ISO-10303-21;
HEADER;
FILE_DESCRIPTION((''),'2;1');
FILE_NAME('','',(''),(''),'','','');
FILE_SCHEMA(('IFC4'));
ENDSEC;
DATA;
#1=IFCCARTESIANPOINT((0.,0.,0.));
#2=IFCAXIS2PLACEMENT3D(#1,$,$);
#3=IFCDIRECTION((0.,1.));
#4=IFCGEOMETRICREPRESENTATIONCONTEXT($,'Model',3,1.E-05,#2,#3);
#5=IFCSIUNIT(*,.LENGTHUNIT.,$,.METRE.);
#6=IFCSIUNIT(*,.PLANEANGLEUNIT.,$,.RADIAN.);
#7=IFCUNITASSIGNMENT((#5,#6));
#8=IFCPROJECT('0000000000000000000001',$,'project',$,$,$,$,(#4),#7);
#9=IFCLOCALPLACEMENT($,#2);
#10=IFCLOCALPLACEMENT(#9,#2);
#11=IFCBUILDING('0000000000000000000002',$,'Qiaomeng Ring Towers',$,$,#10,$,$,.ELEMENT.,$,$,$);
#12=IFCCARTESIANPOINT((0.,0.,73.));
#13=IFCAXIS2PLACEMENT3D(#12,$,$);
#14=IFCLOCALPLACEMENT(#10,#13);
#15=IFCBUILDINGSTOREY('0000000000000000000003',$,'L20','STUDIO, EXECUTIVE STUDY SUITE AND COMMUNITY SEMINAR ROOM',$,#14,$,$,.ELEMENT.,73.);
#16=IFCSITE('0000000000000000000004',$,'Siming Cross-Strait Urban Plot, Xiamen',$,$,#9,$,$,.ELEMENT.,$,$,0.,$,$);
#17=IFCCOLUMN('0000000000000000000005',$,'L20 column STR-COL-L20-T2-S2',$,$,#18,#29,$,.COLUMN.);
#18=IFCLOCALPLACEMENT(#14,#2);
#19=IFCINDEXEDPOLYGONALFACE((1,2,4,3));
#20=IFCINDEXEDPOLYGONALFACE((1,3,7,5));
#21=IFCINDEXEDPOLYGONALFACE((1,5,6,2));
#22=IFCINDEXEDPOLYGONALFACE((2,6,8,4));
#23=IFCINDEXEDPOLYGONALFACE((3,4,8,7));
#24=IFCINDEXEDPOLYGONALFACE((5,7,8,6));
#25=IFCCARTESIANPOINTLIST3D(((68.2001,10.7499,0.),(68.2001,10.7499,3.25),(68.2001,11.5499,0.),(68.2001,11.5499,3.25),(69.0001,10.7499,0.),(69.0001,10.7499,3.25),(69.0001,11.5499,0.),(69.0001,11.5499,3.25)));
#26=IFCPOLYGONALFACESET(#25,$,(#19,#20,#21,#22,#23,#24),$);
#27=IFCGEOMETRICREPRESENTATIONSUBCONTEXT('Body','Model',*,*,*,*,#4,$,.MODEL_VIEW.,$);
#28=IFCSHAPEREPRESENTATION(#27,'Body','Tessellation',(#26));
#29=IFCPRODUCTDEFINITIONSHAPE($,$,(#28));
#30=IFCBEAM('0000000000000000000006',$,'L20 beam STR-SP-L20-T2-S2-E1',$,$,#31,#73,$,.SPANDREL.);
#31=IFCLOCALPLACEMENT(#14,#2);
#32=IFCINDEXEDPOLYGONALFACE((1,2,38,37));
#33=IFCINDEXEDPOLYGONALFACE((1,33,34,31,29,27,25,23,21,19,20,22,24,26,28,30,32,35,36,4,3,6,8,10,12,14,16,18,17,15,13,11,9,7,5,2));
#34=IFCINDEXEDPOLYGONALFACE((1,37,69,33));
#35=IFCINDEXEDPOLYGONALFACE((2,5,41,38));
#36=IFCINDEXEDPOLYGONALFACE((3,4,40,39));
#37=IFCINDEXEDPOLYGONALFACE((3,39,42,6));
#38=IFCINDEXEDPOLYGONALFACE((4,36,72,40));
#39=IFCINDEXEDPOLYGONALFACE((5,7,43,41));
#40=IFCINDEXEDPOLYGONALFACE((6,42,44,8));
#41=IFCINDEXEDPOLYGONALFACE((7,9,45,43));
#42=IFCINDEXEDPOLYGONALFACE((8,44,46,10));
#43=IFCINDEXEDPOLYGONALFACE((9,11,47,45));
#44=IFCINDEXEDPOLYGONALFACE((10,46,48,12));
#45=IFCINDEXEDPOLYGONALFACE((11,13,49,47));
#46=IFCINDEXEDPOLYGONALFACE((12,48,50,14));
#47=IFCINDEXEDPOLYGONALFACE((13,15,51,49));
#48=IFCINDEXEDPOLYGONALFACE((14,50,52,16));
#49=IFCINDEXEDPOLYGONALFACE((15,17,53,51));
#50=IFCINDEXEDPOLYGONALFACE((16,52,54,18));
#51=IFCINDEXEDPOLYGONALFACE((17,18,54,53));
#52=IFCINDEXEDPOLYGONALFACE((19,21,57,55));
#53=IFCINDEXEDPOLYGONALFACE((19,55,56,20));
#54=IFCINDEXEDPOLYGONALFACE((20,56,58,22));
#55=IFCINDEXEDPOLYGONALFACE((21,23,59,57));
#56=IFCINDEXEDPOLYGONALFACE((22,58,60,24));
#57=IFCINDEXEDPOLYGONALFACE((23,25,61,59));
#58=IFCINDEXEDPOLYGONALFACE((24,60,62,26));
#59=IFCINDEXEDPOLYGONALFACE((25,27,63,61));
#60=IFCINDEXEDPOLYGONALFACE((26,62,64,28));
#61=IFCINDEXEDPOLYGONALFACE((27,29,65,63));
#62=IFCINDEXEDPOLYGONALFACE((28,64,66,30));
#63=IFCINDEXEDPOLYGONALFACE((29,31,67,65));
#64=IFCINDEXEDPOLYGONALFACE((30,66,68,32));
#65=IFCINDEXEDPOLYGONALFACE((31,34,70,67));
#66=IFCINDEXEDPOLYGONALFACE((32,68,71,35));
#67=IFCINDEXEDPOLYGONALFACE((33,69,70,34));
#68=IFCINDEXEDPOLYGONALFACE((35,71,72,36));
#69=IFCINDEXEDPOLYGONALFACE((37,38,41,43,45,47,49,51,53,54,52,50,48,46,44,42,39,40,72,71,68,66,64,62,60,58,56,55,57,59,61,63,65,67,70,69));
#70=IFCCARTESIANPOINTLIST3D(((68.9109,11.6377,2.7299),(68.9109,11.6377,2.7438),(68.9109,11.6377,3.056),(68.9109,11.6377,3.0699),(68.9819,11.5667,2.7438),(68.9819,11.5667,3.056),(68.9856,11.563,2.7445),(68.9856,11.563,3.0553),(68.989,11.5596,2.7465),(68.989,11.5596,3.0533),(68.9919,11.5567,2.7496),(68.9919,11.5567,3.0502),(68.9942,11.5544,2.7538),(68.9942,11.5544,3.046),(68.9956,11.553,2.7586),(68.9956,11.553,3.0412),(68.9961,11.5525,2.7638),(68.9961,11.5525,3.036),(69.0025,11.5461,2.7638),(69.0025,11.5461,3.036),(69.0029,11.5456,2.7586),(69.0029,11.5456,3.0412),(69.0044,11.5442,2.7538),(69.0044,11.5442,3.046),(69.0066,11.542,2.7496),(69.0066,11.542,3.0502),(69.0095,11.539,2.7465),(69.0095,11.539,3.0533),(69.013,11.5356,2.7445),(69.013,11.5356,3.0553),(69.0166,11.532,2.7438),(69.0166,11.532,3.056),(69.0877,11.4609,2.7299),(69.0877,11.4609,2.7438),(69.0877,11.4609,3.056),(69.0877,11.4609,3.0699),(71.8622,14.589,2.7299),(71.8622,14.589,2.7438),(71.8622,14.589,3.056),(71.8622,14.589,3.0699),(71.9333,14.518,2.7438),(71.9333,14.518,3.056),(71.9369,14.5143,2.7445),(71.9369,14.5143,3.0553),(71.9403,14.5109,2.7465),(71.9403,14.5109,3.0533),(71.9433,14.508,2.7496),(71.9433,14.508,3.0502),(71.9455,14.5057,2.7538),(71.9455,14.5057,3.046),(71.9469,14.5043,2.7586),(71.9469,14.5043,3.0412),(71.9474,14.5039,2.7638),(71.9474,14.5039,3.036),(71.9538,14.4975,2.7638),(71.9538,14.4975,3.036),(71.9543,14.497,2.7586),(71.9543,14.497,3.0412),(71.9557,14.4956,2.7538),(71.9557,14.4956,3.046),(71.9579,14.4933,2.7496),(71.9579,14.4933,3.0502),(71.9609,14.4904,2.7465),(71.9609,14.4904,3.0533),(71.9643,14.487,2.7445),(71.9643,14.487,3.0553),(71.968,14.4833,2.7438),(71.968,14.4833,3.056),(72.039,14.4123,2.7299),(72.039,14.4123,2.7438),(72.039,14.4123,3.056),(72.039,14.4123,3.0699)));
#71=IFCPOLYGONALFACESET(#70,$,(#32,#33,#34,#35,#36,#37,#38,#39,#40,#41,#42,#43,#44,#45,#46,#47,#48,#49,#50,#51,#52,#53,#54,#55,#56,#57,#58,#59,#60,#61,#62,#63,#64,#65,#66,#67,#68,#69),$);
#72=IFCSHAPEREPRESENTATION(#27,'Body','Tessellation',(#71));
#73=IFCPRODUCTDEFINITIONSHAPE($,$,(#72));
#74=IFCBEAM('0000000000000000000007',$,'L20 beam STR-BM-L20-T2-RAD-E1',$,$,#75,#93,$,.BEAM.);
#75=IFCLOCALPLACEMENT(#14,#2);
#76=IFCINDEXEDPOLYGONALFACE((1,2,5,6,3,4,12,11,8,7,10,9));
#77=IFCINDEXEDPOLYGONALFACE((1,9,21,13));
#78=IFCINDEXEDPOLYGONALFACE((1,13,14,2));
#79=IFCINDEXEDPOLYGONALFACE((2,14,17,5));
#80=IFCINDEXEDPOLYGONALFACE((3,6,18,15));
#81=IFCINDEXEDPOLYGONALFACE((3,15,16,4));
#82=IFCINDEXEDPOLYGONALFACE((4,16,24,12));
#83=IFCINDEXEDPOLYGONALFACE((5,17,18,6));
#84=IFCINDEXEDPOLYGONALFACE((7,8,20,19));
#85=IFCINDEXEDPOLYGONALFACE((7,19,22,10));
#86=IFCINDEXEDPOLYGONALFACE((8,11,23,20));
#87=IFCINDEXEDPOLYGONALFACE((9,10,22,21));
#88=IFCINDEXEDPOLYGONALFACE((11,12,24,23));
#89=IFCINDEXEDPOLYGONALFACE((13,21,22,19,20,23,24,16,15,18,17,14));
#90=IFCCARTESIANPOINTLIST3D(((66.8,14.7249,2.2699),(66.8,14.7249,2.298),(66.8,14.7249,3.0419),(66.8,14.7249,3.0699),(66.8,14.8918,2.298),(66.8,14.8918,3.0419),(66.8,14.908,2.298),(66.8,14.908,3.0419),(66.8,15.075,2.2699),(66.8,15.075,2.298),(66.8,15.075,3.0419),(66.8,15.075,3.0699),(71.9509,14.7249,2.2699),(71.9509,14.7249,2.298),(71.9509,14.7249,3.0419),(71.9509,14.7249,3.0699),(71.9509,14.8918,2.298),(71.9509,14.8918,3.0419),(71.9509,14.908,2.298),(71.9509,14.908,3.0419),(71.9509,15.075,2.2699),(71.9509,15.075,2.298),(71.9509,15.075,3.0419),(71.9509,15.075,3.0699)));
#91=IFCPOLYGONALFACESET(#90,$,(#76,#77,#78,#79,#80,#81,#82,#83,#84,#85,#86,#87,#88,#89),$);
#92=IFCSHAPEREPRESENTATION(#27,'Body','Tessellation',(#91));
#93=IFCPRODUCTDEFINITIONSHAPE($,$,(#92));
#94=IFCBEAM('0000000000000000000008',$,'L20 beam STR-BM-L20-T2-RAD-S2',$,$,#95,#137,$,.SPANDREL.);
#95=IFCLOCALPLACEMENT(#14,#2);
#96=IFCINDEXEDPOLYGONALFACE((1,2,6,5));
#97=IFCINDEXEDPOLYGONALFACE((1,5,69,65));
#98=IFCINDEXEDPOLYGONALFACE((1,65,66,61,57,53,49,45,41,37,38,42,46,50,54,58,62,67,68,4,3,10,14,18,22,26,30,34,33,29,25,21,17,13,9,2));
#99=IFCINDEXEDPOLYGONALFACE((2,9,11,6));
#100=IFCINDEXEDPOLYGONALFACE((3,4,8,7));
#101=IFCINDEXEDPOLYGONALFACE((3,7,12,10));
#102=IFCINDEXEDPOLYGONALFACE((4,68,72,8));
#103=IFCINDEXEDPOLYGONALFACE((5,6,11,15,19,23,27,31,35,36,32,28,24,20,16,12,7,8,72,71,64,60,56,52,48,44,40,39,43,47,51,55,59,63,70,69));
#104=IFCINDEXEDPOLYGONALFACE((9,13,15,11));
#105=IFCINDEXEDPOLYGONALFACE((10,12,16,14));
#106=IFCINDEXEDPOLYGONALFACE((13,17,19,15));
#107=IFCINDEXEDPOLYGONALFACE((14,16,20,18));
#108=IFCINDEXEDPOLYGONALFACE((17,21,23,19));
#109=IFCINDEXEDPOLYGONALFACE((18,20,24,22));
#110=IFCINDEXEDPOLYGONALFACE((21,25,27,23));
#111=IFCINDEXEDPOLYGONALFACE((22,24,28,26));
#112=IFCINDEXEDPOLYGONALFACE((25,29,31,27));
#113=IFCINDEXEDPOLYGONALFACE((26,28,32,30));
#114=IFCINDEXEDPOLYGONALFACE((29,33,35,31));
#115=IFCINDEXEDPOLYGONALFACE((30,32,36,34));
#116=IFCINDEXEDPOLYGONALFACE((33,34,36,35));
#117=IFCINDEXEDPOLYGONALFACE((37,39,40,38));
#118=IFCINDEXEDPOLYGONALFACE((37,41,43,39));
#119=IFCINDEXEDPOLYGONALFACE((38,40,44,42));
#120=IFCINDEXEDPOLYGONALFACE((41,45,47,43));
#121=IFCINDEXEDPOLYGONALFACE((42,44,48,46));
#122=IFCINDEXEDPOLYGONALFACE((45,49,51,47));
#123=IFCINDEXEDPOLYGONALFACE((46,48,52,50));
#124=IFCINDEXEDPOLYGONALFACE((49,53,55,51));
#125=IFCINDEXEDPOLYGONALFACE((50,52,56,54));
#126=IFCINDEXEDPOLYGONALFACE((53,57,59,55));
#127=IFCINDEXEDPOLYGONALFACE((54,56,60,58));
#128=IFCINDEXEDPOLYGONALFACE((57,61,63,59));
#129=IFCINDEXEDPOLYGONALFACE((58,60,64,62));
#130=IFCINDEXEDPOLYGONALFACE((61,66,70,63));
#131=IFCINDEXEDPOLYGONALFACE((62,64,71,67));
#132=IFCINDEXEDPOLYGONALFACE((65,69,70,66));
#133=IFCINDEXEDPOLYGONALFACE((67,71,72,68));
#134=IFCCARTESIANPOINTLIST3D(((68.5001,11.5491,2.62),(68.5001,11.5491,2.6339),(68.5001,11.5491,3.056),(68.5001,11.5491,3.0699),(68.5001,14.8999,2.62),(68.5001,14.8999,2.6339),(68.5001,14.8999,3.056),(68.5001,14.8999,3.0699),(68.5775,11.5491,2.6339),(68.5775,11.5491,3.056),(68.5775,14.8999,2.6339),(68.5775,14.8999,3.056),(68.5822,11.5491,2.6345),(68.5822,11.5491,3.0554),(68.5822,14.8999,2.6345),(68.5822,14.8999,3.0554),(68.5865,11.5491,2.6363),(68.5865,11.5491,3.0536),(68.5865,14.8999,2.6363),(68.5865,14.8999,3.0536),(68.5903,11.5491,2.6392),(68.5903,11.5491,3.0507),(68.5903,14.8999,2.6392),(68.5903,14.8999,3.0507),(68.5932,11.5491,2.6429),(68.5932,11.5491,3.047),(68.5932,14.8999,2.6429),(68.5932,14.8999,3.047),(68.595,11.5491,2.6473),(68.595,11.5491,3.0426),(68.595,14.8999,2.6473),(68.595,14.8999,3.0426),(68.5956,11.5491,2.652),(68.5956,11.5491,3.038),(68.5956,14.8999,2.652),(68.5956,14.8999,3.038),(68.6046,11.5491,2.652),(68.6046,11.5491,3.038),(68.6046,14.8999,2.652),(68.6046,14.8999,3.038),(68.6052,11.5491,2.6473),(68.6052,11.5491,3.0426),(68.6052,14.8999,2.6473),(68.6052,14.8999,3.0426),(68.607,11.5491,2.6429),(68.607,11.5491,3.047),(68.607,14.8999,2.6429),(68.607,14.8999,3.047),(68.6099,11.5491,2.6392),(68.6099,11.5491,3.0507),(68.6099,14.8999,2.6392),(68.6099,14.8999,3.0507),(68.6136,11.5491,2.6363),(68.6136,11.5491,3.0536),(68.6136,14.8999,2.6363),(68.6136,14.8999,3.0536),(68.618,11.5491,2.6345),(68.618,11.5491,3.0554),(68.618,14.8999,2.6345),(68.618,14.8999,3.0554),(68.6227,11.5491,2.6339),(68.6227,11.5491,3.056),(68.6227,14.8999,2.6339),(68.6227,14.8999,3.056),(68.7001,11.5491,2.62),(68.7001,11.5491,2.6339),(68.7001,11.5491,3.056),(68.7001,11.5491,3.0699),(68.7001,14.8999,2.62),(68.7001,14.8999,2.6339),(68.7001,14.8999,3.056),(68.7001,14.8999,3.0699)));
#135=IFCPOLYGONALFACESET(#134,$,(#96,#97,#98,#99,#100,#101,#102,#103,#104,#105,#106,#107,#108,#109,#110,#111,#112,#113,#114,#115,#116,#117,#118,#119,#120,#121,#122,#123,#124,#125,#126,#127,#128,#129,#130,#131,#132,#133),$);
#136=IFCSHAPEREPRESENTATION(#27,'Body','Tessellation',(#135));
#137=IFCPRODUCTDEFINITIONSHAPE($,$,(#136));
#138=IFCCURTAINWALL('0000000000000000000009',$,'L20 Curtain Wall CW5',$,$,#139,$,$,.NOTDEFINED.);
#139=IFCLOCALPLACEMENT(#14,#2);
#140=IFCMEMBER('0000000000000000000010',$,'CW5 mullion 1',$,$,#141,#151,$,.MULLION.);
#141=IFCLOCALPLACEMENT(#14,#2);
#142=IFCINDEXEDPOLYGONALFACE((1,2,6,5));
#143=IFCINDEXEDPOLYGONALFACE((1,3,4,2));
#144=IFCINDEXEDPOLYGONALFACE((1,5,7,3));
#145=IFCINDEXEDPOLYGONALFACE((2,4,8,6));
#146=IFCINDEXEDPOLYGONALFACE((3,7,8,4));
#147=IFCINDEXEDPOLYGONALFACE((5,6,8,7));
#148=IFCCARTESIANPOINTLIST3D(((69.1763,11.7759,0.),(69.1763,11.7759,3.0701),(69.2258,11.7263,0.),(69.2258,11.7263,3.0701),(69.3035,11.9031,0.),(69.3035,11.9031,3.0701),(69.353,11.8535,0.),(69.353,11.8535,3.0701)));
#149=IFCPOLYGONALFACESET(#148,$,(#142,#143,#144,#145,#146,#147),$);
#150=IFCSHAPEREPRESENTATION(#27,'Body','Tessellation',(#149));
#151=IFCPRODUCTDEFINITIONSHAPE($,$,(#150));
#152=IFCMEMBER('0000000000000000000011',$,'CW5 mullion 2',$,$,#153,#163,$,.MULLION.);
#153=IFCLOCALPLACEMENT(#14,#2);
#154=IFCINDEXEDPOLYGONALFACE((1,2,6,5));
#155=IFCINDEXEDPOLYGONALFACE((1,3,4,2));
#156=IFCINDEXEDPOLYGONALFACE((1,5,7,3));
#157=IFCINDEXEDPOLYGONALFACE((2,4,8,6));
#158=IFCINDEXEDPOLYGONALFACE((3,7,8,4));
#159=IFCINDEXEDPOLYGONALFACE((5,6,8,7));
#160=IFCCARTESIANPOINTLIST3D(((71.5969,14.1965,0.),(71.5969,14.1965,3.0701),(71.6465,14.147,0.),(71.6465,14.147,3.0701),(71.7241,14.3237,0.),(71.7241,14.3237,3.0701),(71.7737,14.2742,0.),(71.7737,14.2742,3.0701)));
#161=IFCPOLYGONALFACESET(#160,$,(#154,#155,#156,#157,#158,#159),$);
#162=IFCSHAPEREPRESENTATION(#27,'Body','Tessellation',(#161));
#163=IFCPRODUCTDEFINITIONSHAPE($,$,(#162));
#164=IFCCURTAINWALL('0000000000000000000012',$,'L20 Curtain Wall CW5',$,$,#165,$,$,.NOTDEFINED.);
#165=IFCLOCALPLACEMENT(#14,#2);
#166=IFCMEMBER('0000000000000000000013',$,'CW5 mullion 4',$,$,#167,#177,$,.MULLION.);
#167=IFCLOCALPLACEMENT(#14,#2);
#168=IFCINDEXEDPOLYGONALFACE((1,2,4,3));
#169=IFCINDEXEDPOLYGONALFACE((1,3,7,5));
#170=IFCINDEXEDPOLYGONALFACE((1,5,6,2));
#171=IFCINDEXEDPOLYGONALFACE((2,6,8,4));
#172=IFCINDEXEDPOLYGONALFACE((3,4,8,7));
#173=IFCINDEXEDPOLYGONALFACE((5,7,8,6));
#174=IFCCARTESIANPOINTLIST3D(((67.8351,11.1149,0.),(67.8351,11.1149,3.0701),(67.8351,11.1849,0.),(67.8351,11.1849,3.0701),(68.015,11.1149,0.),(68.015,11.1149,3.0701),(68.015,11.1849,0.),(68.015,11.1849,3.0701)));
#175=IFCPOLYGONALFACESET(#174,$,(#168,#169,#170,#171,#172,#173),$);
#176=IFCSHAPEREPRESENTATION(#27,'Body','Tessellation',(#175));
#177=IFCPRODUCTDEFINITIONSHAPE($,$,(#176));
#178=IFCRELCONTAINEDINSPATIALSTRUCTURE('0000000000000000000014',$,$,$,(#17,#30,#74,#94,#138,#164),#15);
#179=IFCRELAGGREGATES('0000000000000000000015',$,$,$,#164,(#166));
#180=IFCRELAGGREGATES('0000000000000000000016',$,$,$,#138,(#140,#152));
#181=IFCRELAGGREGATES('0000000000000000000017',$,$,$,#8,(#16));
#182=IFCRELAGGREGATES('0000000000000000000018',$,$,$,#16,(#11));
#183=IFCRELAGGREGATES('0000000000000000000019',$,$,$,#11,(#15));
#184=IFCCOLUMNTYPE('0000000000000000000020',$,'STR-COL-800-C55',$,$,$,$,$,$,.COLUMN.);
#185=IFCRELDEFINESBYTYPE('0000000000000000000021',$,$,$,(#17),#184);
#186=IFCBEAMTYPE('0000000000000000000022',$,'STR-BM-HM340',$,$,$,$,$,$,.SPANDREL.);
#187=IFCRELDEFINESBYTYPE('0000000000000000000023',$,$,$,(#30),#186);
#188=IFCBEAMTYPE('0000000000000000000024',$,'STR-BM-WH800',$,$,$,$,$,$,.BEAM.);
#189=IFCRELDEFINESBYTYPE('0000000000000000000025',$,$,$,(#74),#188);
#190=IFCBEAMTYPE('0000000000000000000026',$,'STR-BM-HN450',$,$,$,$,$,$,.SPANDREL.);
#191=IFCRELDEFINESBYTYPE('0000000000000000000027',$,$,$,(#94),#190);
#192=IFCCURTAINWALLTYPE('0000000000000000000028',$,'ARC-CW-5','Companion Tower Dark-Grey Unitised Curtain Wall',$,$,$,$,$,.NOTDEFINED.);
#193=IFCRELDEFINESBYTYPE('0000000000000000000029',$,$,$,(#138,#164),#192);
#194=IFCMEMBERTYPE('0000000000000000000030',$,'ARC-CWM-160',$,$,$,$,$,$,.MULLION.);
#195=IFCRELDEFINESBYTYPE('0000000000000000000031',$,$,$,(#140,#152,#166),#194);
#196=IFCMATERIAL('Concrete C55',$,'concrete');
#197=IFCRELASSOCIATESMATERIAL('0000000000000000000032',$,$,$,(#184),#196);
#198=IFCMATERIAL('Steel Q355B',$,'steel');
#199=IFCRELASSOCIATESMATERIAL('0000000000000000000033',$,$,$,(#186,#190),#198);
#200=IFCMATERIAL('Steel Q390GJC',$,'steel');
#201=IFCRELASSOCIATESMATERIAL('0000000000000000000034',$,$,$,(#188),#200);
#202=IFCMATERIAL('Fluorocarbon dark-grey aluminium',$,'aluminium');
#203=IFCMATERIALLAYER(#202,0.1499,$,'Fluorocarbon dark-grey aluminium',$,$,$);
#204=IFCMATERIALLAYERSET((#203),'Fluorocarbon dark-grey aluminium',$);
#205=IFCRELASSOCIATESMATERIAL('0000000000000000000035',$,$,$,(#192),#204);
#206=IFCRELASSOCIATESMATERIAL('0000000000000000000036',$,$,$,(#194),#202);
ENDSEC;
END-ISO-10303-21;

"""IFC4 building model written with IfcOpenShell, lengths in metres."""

from ifc_helpers import new_model, si_unit, direction, frame, origin, origin_2d, place, context, subcontext, project, spatial, rectangle, i_section, extrude, source, transform, mapped, material, layer, layer_set, material_profile, profile_set, type_object, element, aggregate, save


model = new_model("IFC4")

# Units and contexts
model_context = context("Model", 3, precision=1e-05, world=origin(), true_north=direction((0.0, 1.0)))
body_context = subcontext(model_context, "Body", "Model", "MODEL_VIEW")
ifc_project = project(units=[si_unit("LENGTHUNIT", "METRE"), si_unit("PLANEANGLEUNIT", "RADIAN")], contexts=[model_context])

# Site, building, storey
site_placement = place(None, origin())
site = spatial("IfcSite", under=ifc_project, at=site_placement, Name="Siming Cross-Strait Urban Plot, Xiamen", CompositionType="ELEMENT", RefElevation=0.0)
building_placement = place(site_placement, origin())
building = spatial("IfcBuilding", under=site, at=building_placement, Name="Qiaomeng Ring Towers", CompositionType="ELEMENT")
storey_placement = place(building_placement, frame((0.0, 0.0, 73.0)))
storey = spatial("IfcBuildingStorey", under=building, at=storey_placement, Name="L20", Description="STUDIO, EXECUTIVE STUDY SUITE AND COMMUNITY SEMINAR ROOM", CompositionType="ELEMENT", Elevation=73.0)

# Column
ifc_material_1 = material(Name="Concrete C55", Category="concrete")
ifc_material_profile_1 = material_profile(ifc_material_1, rectangle(XDim=0.8, YDim=0.8, at=origin_2d()), Name="RC COL 800x800")
ifc_profile_set_1 = profile_set([ifc_material_profile_1], Name="Concrete C55")
column_type = type_object("IfcColumnType", Name="STR-COL-800-C55", PredefinedType="COLUMN", material=ifc_profile_set_1)
shared_shape_1 = source(origin(), body_context, "Body", "SweptSolid", [
    extrude(rectangle(XDim=0.8, YDim=0.8, at=origin_2d()), origin(), (0.0, 0.0, 1.0), 3.25),
])
column_placement = place(storey_placement, frame((68.6001, 11.1499, 0.0), z_axis=(0.0, 0.0, 1.0), x_axis=(1.0, 0.0, 0.0)))
element("IfcColumn", 1, at=column_placement, inside=storey, type_object=column_type, Name="L20 column STR-COL-L20-T2-S2", PredefinedType="COLUMN", context=body_context, shape_type="MappedRepresentation", body=[
    mapped(shared_shape_1, transform((0.0, 0.0, 0.0), x_axis=(1.0, 0.0, 0.0), y_axis=(0.0, 1.0, 0.0), z_axis=(0.0, 0.0, 1.0), scale=1.0)),
])

# Beams
ifc_material_2 = material(Name="Steel Q355B", Category="steel")
ifc_material_profile_2 = material_profile(ifc_material_2, i_section(OverallWidth=0.25, OverallDepth=0.3401, WebThickness=0.009, FlangeThickness=0.0139, FilletRadius=0.02, at=origin_2d()), Name="HM 340x250x9x14")
ifc_profile_set_2 = profile_set([ifc_material_profile_2], Name="Steel Q355B")
beam_type_1 = type_object("IfcBeamType", Name="STR-BM-HM340", PredefinedType="SPANDREL", material=ifc_profile_set_2)
shared_shape_2 = source(origin(), body_context, "Body", "SweptSolid", [
    extrude(i_section(OverallWidth=0.25, OverallDepth=0.3401, WebThickness=0.009, FlangeThickness=0.0139, FilletRadius=0.02, at=origin_2d()), origin(), (0.0, 0.0, 1.0), 4.1738),
])
beam_1_placement = place(storey_placement, frame((68.9993, 11.5493, 2.8999), z_axis=(0.707107, 0.707107, 0.0), x_axis=(-0.707107, 0.707107, 0.0)))
element("IfcBeam", 2, at=beam_1_placement, inside=storey, type_object=beam_type_1, Name="L20 beam STR-SP-L20-T2-S2-E1", PredefinedType="SPANDREL", context=body_context, shape_type="MappedRepresentation", body=[
    mapped(shared_shape_2, transform((0.0, 0.0, 0.0), x_axis=(1.0, 0.0, 0.0), y_axis=(0.0, 1.0, 0.0), z_axis=(0.0, 0.0, 1.0), scale=1.0)),
])
ifc_material_3 = material(Name="Steel Q390GJC", Category="steel")
ifc_material_profile_3 = material_profile(ifc_material_3, i_section(OverallWidth=0.3501, OverallDepth=0.8, WebThickness=0.0161, FlangeThickness=0.0281, at=origin_2d()), Name="WH 800x350x16x28")
ifc_profile_set_3 = profile_set([ifc_material_profile_3], Name="Steel Q390GJC")
beam_type_2 = type_object("IfcBeamType", Name="STR-BM-WH800", PredefinedType="BEAM", material=ifc_profile_set_3)
shared_shape_3 = source(origin(), body_context, "Body", "SweptSolid", [
    extrude(i_section(OverallWidth=0.3501, OverallDepth=0.8, WebThickness=0.0161, FlangeThickness=0.0281, at=origin_2d()), origin(), (0.0, 0.0, 1.0), 5.1509),
])
beam_2_placement = place(storey_placement, frame((66.8, 14.8999, 2.6699), z_axis=(1.0, 0.0, 0.0), x_axis=(0.0, 1.0, 0.0)))
element("IfcBeam", 3, at=beam_2_placement, inside=storey, type_object=beam_type_2, Name="L20 beam STR-BM-L20-T2-RAD-E1", PredefinedType="BEAM", context=body_context, shape_type="MappedRepresentation", body=[
    mapped(shared_shape_3, transform((0.0, 0.0, 0.0), x_axis=(1.0, 0.0, 0.0), y_axis=(0.0, 1.0, 0.0), z_axis=(0.0, 0.0, 1.0), scale=1.0)),
])
ifc_material_profile_4 = material_profile(ifc_material_2, i_section(OverallWidth=0.2, OverallDepth=0.45, WebThickness=0.009, FlangeThickness=0.0139, FilletRadius=0.0181, at=origin_2d()), Name="HN 450x200x9x14")
ifc_profile_set_4 = profile_set([ifc_material_profile_4], Name="Steel Q355B")
beam_type_3 = type_object("IfcBeamType", Name="STR-BM-HN450", PredefinedType="SPANDREL", material=ifc_profile_set_4)
shared_shape_4 = source(origin(), body_context, "Body", "SweptSolid", [
    extrude(i_section(OverallWidth=0.2, OverallDepth=0.45, WebThickness=0.009, FlangeThickness=0.0139, FilletRadius=0.0181, at=origin_2d()), origin(), (0.0, 0.0, 1.0), 3.3508),
])
beam_3_placement = place(storey_placement, frame((68.6001, 11.5491, 2.845), z_axis=(0.0, 1.0, 0.0), x_axis=(-1.0, 0.0, 0.0)))
element("IfcBeam", 4, at=beam_3_placement, inside=storey, type_object=beam_type_3, Name="L20 beam STR-BM-L20-T2-RAD-S2", PredefinedType="SPANDREL", context=body_context, shape_type="MappedRepresentation", body=[
    mapped(shared_shape_4, transform((0.0, 0.0, 0.0), x_axis=(1.0, 0.0, 0.0), y_axis=(0.0, 1.0, 0.0), z_axis=(0.0, 0.0, 1.0), scale=1.0)),
])

# Curtain wall, members
ifc_material_4 = material(Name="Fluorocarbon dark-grey aluminium", Category="aluminium")
ifc_layer_1 = layer(ifc_material_4, 0.1499, Name="Fluorocarbon dark-grey aluminium")
ifc_layer_set_1 = layer_set([ifc_layer_1], Name="Fluorocarbon dark-grey aluminium")
curtain_wall_type = type_object("IfcCurtainWallType", Name="ARC-CW-5", Description="Companion Tower Dark-Grey Unitised Curtain Wall", PredefinedType="NOTDEFINED", material=ifc_layer_set_1)
curtain_wall_1_placement = place(storey_placement, origin())
curtain_wall_1 = element("IfcCurtainWall", 5, at=curtain_wall_1_placement, inside=storey, type_object=curtain_wall_type, Name="L20 Curtain Wall CW5", PredefinedType="NOTDEFINED")
ifc_material_profile_5 = material_profile(ifc_material_4, rectangle(XDim=0.0701, YDim=0.1799, at=origin_2d()), Name="ALU MULL 70x180")
ifc_profile_set_5 = profile_set([ifc_material_profile_5], Name="Fluorocarbon dark-grey aluminium")
member_type_1 = type_object("IfcMemberType", Name="ARC-CWM-160", PredefinedType="MULLION", material=ifc_profile_set_5)
shared_shape_5 = source(origin(), body_context, "Body", "SweptSolid", [
    extrude(rectangle(XDim=0.0701, YDim=0.1799, at=origin_2d()), origin(), (0.0, 0.0, 1.0), 3.0701),
])
member_1_placement = place(storey_placement, frame((69.2646, 11.8147, 0.0), z_axis=(0.0, 0.0, 1.0), x_axis=(-0.707107, 0.707107, 0.0)))
member_1 = element("IfcMember", 6, at=member_1_placement, type_object=member_type_1, Name="CW5 mullion 1", PredefinedType="MULLION", context=body_context, shape_type="MappedRepresentation", body=[
    mapped(shared_shape_5, transform((0.0, 0.0, 0.0), x_axis=(1.0, 0.0, 0.0), y_axis=(0.0, 1.0, 0.0), z_axis=(0.0, 0.0, 1.0), scale=1.0)),
])
member_2_placement = place(storey_placement, frame((71.6853, 14.2354, 0.0), z_axis=(0.0, 0.0, 1.0), x_axis=(-0.707107, 0.707107, 0.0)))
member_2 = element("IfcMember", 7, at=member_2_placement, type_object=member_type_1, Name="CW5 mullion 2", PredefinedType="MULLION", context=body_context, shape_type="MappedRepresentation", body=[
    mapped(shared_shape_5, transform((0.0, 0.0, 0.0), x_axis=(1.0, 0.0, 0.0), y_axis=(0.0, 1.0, 0.0), z_axis=(0.0, 0.0, 1.0), scale=1.0)),
])

# Curtain wall, member
curtain_wall_2_placement = place(storey_placement, origin())
curtain_wall_2 = element("IfcCurtainWall", 8, at=curtain_wall_2_placement, inside=storey, type_object=curtain_wall_type, Name="L20 Curtain Wall CW5", PredefinedType="NOTDEFINED")
member_3_placement = place(storey_placement, frame((67.925, 11.1499, 0.0), z_axis=(0.0, 0.0, 1.0), x_axis=(0.0, 1.0, 0.0)))
member_3 = element("IfcMember", 9, at=member_3_placement, type_object=member_type_1, Name="CW5 mullion 4", PredefinedType="MULLION", context=body_context, shape_type="MappedRepresentation", body=[
    mapped(shared_shape_5, transform((0.0, 0.0, 0.0), x_axis=(1.0, 0.0, 0.0), y_axis=(0.0, 1.0, 0.0), z_axis=(0.0, 0.0, 1.0), scale=1.0)),
])
aggregate(curtain_wall_2, [member_3])

aggregate(curtain_wall_1, [member_1, member_2])

save(model, "model.ifc")
